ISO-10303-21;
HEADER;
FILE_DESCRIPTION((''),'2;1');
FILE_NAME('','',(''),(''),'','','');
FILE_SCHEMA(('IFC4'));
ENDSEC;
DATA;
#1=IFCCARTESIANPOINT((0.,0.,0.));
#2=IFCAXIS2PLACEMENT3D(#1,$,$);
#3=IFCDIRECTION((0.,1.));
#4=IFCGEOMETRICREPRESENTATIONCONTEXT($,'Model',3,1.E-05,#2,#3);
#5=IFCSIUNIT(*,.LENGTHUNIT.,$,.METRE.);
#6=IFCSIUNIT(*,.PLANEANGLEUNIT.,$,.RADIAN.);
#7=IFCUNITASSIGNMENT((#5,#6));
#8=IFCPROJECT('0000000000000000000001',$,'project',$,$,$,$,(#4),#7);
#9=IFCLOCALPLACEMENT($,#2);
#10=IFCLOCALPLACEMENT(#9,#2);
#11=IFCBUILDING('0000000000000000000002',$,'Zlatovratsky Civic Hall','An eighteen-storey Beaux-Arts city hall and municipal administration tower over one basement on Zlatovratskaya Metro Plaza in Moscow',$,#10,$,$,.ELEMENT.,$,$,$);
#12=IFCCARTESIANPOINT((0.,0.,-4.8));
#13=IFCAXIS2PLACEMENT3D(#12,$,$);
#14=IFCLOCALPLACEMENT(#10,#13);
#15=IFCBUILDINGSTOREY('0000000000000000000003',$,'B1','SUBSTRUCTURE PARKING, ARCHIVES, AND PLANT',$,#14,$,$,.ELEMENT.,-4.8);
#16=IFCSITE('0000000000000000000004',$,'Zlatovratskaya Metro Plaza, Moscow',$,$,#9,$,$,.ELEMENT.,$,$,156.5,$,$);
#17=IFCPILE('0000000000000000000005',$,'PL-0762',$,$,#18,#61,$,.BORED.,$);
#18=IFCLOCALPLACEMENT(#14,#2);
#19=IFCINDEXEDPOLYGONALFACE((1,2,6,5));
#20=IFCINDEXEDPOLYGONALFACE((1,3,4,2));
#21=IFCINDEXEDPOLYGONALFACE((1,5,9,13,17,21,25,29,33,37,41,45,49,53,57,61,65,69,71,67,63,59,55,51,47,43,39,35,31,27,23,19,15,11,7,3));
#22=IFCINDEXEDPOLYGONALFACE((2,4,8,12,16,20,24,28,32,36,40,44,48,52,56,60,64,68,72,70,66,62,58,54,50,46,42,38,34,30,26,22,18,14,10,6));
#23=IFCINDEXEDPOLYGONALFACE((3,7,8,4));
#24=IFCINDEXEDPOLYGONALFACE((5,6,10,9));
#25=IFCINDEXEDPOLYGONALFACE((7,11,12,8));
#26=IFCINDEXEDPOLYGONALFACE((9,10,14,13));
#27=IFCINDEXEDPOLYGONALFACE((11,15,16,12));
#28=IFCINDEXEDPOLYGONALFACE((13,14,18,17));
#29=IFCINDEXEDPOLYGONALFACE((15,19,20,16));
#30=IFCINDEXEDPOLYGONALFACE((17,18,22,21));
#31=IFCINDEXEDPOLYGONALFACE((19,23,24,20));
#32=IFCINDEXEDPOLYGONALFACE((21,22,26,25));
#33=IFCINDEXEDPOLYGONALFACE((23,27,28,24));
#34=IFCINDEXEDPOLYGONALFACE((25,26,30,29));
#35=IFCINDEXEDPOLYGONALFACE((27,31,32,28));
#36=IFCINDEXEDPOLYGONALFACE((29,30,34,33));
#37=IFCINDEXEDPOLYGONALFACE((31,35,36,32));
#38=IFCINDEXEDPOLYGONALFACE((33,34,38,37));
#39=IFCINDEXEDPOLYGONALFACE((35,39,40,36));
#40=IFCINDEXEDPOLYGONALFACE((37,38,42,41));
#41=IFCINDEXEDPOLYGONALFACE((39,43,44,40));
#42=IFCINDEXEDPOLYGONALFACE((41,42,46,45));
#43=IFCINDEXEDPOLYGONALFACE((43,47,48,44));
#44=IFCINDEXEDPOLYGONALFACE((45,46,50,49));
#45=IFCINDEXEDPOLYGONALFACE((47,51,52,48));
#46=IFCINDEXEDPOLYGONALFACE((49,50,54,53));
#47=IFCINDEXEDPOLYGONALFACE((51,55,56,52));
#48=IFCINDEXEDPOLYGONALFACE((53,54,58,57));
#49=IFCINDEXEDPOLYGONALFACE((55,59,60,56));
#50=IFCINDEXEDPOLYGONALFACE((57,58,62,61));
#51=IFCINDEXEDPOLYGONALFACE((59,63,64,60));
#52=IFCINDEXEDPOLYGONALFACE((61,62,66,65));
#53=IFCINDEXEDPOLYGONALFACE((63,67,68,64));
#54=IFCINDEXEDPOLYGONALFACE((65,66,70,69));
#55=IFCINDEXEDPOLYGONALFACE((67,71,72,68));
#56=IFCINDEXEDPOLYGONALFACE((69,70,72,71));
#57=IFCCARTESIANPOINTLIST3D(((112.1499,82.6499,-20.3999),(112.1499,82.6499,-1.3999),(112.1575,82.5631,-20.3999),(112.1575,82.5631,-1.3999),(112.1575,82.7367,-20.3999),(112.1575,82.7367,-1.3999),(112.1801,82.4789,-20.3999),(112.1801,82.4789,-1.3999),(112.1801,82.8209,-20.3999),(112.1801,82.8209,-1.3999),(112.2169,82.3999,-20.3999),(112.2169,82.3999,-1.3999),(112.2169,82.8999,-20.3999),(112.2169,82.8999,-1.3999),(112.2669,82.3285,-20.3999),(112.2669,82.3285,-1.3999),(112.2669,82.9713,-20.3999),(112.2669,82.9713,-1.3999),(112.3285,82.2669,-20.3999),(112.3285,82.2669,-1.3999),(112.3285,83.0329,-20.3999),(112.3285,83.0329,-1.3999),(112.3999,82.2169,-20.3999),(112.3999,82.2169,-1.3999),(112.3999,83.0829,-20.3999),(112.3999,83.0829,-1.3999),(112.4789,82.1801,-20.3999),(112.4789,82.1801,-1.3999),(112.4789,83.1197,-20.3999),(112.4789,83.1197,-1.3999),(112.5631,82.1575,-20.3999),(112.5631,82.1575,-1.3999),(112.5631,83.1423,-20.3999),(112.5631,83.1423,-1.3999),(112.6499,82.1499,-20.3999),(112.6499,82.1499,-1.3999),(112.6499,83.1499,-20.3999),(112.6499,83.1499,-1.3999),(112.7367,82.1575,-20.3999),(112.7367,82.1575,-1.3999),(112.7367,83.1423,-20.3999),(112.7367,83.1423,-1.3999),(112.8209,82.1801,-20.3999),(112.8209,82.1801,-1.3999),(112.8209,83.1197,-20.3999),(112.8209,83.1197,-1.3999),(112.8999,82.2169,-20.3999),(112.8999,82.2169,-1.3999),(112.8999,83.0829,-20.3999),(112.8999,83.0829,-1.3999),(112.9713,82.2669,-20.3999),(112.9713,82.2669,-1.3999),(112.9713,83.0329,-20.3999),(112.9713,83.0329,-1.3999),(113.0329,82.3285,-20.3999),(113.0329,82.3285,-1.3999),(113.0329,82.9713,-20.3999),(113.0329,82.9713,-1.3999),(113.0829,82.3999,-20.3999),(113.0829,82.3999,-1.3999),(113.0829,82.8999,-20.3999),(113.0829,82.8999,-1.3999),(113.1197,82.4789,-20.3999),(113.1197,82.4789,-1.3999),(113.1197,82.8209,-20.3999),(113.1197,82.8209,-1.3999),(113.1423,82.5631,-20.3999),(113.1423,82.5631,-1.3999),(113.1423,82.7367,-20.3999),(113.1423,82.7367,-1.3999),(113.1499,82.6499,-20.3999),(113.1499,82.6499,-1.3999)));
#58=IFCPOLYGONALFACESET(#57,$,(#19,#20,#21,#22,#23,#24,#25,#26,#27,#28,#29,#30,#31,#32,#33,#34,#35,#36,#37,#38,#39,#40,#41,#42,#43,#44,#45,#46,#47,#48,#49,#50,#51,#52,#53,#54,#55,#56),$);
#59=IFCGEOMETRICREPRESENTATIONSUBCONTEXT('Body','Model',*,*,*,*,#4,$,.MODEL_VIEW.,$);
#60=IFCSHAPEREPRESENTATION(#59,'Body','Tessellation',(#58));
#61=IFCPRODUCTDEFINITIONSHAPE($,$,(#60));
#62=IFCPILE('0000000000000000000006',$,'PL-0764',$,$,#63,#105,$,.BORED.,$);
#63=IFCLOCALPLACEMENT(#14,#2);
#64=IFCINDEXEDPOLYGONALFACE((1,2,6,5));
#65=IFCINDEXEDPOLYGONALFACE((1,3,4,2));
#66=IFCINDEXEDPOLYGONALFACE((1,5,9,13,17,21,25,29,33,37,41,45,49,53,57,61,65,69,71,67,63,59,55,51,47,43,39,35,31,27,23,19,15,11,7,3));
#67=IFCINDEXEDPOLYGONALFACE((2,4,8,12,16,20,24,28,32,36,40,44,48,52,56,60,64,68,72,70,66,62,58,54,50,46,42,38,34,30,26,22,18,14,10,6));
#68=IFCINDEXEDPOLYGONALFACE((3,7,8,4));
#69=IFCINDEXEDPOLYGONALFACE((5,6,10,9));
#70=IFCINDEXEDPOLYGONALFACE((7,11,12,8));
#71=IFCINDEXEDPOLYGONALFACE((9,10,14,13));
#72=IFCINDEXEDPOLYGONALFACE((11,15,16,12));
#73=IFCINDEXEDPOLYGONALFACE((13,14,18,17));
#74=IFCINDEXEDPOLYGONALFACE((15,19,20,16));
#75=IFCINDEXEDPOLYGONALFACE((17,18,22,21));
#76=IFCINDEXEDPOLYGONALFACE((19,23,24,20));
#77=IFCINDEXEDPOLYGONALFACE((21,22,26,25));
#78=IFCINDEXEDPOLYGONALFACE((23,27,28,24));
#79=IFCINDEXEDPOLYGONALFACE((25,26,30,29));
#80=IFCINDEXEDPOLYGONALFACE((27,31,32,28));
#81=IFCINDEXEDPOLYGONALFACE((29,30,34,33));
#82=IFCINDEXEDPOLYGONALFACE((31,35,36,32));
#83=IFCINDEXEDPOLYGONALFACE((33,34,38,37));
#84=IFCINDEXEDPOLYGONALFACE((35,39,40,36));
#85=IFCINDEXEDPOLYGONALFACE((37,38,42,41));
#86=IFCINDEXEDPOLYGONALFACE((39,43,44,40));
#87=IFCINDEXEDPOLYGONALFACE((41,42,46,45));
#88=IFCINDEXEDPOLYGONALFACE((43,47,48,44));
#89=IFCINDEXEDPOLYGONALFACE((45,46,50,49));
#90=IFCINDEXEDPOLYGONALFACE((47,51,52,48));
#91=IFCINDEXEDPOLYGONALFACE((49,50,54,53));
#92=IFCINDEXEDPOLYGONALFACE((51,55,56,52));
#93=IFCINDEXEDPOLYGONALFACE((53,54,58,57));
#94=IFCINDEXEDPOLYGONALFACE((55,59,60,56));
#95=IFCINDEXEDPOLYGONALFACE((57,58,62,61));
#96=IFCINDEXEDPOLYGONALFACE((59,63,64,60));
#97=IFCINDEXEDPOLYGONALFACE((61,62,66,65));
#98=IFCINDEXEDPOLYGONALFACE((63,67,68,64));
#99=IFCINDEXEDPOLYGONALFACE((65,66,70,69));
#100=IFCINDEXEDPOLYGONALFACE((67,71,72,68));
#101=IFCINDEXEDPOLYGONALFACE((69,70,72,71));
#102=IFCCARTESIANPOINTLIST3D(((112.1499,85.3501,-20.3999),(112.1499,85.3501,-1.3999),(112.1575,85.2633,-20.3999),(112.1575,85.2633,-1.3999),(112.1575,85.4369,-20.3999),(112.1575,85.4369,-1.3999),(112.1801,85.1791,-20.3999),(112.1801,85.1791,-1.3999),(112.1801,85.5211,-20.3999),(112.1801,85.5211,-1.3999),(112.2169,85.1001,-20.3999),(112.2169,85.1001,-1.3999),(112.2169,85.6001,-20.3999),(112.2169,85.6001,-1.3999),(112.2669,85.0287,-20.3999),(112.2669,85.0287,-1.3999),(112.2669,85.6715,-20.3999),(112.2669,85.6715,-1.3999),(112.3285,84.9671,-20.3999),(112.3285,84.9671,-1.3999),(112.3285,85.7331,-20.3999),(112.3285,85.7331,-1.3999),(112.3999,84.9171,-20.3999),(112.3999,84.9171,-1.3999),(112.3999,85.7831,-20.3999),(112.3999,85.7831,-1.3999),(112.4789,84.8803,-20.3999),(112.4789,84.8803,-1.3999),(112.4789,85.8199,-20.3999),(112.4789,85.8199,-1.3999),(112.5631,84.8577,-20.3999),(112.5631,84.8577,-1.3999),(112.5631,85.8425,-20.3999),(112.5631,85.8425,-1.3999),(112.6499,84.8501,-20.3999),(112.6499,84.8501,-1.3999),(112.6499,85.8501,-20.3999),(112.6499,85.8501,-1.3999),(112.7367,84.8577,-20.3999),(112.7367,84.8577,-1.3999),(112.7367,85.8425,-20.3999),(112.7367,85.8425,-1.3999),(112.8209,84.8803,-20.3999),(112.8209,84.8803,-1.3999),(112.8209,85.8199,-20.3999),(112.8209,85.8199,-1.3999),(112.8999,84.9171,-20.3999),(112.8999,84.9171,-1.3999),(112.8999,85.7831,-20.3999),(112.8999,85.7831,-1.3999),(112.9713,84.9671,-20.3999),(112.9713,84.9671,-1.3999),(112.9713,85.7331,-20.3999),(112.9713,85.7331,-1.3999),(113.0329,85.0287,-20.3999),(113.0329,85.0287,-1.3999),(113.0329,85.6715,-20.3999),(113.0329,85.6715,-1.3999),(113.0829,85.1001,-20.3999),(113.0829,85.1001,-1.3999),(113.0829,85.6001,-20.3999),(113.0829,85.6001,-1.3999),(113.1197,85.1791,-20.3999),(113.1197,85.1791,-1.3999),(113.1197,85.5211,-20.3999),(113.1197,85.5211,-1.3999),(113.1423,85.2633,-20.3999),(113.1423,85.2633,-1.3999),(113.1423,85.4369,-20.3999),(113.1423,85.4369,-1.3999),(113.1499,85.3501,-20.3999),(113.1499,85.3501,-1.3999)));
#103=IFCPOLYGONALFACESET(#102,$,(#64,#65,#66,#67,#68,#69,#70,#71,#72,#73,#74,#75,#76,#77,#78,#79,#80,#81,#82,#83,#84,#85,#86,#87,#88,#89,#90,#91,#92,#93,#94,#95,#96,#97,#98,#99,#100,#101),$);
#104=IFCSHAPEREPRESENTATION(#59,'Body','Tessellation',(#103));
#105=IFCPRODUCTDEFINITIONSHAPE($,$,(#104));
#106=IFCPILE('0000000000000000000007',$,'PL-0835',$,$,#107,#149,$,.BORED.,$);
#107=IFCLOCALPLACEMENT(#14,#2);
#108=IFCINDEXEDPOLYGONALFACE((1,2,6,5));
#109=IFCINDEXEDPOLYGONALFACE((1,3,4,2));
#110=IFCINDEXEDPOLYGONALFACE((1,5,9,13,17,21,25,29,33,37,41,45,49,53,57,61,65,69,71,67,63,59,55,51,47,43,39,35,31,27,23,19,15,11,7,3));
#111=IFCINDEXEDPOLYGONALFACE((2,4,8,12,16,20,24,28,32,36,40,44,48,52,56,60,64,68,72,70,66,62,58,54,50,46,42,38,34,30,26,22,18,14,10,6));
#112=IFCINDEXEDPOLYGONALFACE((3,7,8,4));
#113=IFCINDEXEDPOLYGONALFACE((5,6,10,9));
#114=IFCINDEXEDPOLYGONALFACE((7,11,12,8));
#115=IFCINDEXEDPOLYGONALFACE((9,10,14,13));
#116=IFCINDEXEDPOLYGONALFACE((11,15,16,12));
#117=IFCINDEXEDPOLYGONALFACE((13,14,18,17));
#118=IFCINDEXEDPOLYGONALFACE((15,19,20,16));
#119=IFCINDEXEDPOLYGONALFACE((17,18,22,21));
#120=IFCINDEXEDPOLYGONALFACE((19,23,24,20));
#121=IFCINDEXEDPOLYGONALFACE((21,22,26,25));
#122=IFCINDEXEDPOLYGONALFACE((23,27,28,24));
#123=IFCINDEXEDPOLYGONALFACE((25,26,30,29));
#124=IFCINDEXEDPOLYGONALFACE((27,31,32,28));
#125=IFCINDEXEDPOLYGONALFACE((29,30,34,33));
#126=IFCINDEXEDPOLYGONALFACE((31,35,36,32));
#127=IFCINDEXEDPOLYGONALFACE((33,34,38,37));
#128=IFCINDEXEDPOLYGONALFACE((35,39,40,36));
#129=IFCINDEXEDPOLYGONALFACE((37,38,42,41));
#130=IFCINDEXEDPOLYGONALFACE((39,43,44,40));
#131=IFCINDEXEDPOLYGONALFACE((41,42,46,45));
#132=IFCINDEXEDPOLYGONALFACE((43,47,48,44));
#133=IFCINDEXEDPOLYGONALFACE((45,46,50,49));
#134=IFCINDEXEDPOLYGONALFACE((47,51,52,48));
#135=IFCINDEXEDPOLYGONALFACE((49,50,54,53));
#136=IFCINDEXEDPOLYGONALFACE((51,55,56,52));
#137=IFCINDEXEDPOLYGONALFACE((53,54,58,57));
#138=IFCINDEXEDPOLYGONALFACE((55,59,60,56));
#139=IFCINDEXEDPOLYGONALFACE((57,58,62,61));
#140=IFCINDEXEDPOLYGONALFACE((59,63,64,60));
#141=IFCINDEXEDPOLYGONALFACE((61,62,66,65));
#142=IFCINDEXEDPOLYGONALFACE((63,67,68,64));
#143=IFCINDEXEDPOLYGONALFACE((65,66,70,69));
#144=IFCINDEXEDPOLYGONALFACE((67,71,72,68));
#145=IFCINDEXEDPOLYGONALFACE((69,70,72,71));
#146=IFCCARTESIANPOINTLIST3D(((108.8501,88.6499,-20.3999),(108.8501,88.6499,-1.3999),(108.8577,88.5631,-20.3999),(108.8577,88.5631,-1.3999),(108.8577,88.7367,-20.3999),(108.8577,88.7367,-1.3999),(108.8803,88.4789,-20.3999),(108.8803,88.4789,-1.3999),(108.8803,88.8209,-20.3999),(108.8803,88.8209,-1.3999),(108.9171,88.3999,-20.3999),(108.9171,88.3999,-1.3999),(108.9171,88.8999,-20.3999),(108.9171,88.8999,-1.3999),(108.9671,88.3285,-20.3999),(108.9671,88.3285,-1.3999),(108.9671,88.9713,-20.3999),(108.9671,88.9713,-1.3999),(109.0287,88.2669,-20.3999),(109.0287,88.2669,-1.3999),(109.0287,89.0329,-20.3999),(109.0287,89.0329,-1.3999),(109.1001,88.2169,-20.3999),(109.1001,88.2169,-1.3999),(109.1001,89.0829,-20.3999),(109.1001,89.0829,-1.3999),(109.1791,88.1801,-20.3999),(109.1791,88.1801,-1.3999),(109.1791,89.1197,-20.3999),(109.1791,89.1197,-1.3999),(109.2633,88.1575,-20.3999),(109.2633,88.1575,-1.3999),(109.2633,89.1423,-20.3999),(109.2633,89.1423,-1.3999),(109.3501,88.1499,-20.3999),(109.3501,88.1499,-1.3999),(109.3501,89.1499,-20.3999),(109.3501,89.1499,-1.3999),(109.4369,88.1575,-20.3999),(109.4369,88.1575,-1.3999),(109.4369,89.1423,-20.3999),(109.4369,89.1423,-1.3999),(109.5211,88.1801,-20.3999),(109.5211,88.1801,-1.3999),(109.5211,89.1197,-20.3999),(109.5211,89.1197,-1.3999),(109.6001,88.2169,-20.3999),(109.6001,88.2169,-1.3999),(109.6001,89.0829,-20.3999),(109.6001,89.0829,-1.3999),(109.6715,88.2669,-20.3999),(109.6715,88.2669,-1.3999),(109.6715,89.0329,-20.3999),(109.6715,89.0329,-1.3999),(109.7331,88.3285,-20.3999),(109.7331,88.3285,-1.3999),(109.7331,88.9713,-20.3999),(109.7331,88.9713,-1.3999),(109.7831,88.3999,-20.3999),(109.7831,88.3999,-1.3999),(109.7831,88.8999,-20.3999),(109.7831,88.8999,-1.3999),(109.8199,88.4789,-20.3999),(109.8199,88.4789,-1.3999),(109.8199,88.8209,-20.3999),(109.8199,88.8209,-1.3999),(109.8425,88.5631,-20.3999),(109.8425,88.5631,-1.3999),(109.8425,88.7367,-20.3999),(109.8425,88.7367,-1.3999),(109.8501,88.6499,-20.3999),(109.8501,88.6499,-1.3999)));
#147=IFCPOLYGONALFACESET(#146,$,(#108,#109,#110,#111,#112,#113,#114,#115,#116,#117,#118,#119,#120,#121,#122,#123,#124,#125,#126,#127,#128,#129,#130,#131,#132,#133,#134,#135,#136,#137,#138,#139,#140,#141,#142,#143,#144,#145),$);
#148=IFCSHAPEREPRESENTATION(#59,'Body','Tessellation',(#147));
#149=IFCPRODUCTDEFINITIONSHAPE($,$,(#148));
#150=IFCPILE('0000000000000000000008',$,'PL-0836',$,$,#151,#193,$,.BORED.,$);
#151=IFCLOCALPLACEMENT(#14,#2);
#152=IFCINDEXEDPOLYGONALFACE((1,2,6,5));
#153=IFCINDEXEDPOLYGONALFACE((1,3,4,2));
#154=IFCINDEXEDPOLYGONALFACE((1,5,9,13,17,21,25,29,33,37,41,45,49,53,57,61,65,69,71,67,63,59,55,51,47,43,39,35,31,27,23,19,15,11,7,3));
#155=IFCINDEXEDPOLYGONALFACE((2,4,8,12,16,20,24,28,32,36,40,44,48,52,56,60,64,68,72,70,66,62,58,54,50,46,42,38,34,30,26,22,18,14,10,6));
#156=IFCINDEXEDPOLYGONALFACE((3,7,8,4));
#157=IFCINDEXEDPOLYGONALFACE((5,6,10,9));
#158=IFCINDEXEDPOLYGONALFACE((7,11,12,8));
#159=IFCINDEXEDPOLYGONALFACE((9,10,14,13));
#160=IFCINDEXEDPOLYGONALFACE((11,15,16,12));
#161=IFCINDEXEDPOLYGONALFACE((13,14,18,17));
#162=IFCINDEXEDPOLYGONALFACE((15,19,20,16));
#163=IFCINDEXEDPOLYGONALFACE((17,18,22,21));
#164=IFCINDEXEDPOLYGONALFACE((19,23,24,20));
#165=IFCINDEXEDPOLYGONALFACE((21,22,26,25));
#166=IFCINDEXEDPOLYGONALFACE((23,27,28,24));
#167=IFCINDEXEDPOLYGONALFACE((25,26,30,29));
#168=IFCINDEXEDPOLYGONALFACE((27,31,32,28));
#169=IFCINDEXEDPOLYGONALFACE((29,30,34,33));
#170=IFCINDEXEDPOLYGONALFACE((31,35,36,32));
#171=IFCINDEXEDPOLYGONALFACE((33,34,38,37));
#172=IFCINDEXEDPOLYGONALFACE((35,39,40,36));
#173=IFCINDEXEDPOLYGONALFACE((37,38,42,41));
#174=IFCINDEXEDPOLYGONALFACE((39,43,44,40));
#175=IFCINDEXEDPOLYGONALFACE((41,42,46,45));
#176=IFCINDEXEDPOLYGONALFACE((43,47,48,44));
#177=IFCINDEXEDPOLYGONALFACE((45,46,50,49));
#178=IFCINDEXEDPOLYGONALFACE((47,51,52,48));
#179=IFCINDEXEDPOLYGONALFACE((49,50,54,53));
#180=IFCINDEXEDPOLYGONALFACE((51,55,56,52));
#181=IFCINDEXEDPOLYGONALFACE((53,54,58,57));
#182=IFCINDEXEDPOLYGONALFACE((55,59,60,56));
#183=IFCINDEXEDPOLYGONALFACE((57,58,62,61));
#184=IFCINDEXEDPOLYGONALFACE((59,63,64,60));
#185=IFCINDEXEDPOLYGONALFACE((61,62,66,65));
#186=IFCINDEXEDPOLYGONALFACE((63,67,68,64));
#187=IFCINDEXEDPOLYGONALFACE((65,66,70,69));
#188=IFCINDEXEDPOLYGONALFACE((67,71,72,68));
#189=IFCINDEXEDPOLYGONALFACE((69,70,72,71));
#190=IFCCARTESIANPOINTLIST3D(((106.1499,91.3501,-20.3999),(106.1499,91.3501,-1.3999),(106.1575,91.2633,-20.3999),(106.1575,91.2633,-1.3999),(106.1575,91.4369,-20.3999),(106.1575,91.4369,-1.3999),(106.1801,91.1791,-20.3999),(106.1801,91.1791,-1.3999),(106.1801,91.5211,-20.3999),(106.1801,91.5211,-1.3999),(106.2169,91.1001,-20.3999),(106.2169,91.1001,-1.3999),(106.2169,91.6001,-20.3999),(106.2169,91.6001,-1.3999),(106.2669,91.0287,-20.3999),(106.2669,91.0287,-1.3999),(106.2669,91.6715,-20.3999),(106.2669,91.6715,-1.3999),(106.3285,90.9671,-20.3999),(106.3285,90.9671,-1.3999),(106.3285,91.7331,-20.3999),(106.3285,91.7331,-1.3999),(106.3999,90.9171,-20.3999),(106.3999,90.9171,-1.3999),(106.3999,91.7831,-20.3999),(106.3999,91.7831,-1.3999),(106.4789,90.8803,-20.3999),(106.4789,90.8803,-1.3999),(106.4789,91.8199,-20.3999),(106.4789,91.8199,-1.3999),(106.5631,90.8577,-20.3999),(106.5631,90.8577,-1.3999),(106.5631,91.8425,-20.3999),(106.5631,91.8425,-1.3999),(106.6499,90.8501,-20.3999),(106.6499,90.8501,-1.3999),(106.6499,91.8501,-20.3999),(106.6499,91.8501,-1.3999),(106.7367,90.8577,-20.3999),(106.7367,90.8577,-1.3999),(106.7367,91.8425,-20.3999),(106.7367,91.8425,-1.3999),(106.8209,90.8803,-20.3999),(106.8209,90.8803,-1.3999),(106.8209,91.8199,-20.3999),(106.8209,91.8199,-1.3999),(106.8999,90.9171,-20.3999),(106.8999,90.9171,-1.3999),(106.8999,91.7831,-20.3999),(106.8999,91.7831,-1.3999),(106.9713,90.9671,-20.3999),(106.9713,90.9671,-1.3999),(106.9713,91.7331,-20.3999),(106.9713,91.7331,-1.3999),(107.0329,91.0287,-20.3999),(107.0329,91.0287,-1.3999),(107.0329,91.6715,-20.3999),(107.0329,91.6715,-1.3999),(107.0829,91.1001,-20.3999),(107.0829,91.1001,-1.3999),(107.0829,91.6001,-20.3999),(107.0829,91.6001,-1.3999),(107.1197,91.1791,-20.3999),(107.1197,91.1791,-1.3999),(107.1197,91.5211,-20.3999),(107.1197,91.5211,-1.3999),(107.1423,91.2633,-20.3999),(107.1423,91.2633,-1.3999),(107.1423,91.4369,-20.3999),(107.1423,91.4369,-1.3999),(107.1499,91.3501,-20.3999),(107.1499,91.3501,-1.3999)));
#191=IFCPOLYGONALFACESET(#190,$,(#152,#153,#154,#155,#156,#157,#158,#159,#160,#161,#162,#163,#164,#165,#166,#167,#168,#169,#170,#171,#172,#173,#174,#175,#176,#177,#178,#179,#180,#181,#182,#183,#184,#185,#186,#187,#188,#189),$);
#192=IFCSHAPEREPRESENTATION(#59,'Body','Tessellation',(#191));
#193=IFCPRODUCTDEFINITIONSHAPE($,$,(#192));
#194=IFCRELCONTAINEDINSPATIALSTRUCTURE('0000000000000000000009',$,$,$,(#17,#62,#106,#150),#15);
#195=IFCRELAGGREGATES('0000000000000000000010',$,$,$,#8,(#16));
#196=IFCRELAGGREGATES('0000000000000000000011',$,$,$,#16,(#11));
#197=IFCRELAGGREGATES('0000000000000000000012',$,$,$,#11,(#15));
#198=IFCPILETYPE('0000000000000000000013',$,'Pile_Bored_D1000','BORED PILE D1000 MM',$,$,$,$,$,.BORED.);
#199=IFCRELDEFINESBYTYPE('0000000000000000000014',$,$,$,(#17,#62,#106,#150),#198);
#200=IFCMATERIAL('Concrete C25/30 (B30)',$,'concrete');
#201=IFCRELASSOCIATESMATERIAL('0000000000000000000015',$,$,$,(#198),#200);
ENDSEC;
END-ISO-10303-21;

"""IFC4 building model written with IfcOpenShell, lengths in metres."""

from ifc_helpers import new_model, si_unit, direction, frame, origin, origin_2d, place, context, subcontext, project, spatial, circle, extrude, material, material_profile, profile_set, type_object, element, save


model = new_model("IFC4")

# Units and contexts
model_context = context("Model", 3, precision=1e-05, world=origin(), true_north=direction((0.0, 1.0)))
body_context = subcontext(model_context, "Body", "Model", "MODEL_VIEW")
ifc_project = project(units=[si_unit("LENGTHUNIT", "METRE"), si_unit("PLANEANGLEUNIT", "RADIAN")], contexts=[model_context])

# Site, building, storey
site_placement = place(None, origin())
site = spatial("IfcSite", under=ifc_project, at=site_placement, Name="Zlatovratskaya Metro Plaza, Moscow", CompositionType="ELEMENT", RefElevation=156.5)
building_placement = place(site_placement, origin())
building = spatial("IfcBuilding", under=site, at=building_placement, Name="Zlatovratsky Civic Hall", Description="An eighteen-storey Beaux-Arts city hall and municipal administration tower over one basement on Zlatovratskaya Metro Plaza in Moscow", CompositionType="ELEMENT")
storey_placement = place(building_placement, frame((0.0, 0.0, -4.8)))
storey = spatial("IfcBuildingStorey", under=building, at=storey_placement, Name="B1", Description="SUBSTRUCTURE PARKING, ARCHIVES, AND PLANT", CompositionType="ELEMENT", Elevation=-4.8)

# Shared definitions
ifc_material_1 = material(Name="Concrete C25/30 (B30)", Category="concrete")

# Piles
ifc_material_profile_1 = material_profile(ifc_material_1, circle(Radius=0.5, at=origin_2d()), Name="PILE D1000")
ifc_profile_set_1 = profile_set([ifc_material_profile_1], Name="Concrete C25/30 (B30)")
pile_type = type_object("IfcPileType", Name="Pile_Bored_D1000", Description="BORED PILE D1000 MM", PredefinedType="BORED", material=ifc_profile_set_1)
for number, where, z_axis, x_axis, name in (
    (1, (112.6499, 82.6499, -1.3999), (0.0, 0.0, -1.0), (1.0, 0.0, 0.0), "PL-0762"),
    (2, (112.6499, 85.3501, -1.3999), (0.0, 0.0, -1.0), (1.0, 0.0, 0.0), "PL-0764"),
    (3, (109.3501, 88.6499, -1.3999), (0.0, 0.0, -1.0), (1.0, 0.0, 0.0), "PL-0835"),
    (4, (106.6499, 91.3501, -1.3999), (0.0, 0.0, -1.0), (1.0, 0.0, 0.0), "PL-0836"),
):
    element("IfcPile", number, at=place(storey_placement, frame(where, z_axis=z_axis, x_axis=x_axis)), inside=storey, type_object=pile_type, Name=name, PredefinedType="BORED", context=body_context, shape_type="SweptSolid", body=[
        extrude(circle(Radius=0.5, at=origin_2d()), origin(), (0.0, 0.0, 1.0), 19.0),
    ])

save(model, "model.ifc")
